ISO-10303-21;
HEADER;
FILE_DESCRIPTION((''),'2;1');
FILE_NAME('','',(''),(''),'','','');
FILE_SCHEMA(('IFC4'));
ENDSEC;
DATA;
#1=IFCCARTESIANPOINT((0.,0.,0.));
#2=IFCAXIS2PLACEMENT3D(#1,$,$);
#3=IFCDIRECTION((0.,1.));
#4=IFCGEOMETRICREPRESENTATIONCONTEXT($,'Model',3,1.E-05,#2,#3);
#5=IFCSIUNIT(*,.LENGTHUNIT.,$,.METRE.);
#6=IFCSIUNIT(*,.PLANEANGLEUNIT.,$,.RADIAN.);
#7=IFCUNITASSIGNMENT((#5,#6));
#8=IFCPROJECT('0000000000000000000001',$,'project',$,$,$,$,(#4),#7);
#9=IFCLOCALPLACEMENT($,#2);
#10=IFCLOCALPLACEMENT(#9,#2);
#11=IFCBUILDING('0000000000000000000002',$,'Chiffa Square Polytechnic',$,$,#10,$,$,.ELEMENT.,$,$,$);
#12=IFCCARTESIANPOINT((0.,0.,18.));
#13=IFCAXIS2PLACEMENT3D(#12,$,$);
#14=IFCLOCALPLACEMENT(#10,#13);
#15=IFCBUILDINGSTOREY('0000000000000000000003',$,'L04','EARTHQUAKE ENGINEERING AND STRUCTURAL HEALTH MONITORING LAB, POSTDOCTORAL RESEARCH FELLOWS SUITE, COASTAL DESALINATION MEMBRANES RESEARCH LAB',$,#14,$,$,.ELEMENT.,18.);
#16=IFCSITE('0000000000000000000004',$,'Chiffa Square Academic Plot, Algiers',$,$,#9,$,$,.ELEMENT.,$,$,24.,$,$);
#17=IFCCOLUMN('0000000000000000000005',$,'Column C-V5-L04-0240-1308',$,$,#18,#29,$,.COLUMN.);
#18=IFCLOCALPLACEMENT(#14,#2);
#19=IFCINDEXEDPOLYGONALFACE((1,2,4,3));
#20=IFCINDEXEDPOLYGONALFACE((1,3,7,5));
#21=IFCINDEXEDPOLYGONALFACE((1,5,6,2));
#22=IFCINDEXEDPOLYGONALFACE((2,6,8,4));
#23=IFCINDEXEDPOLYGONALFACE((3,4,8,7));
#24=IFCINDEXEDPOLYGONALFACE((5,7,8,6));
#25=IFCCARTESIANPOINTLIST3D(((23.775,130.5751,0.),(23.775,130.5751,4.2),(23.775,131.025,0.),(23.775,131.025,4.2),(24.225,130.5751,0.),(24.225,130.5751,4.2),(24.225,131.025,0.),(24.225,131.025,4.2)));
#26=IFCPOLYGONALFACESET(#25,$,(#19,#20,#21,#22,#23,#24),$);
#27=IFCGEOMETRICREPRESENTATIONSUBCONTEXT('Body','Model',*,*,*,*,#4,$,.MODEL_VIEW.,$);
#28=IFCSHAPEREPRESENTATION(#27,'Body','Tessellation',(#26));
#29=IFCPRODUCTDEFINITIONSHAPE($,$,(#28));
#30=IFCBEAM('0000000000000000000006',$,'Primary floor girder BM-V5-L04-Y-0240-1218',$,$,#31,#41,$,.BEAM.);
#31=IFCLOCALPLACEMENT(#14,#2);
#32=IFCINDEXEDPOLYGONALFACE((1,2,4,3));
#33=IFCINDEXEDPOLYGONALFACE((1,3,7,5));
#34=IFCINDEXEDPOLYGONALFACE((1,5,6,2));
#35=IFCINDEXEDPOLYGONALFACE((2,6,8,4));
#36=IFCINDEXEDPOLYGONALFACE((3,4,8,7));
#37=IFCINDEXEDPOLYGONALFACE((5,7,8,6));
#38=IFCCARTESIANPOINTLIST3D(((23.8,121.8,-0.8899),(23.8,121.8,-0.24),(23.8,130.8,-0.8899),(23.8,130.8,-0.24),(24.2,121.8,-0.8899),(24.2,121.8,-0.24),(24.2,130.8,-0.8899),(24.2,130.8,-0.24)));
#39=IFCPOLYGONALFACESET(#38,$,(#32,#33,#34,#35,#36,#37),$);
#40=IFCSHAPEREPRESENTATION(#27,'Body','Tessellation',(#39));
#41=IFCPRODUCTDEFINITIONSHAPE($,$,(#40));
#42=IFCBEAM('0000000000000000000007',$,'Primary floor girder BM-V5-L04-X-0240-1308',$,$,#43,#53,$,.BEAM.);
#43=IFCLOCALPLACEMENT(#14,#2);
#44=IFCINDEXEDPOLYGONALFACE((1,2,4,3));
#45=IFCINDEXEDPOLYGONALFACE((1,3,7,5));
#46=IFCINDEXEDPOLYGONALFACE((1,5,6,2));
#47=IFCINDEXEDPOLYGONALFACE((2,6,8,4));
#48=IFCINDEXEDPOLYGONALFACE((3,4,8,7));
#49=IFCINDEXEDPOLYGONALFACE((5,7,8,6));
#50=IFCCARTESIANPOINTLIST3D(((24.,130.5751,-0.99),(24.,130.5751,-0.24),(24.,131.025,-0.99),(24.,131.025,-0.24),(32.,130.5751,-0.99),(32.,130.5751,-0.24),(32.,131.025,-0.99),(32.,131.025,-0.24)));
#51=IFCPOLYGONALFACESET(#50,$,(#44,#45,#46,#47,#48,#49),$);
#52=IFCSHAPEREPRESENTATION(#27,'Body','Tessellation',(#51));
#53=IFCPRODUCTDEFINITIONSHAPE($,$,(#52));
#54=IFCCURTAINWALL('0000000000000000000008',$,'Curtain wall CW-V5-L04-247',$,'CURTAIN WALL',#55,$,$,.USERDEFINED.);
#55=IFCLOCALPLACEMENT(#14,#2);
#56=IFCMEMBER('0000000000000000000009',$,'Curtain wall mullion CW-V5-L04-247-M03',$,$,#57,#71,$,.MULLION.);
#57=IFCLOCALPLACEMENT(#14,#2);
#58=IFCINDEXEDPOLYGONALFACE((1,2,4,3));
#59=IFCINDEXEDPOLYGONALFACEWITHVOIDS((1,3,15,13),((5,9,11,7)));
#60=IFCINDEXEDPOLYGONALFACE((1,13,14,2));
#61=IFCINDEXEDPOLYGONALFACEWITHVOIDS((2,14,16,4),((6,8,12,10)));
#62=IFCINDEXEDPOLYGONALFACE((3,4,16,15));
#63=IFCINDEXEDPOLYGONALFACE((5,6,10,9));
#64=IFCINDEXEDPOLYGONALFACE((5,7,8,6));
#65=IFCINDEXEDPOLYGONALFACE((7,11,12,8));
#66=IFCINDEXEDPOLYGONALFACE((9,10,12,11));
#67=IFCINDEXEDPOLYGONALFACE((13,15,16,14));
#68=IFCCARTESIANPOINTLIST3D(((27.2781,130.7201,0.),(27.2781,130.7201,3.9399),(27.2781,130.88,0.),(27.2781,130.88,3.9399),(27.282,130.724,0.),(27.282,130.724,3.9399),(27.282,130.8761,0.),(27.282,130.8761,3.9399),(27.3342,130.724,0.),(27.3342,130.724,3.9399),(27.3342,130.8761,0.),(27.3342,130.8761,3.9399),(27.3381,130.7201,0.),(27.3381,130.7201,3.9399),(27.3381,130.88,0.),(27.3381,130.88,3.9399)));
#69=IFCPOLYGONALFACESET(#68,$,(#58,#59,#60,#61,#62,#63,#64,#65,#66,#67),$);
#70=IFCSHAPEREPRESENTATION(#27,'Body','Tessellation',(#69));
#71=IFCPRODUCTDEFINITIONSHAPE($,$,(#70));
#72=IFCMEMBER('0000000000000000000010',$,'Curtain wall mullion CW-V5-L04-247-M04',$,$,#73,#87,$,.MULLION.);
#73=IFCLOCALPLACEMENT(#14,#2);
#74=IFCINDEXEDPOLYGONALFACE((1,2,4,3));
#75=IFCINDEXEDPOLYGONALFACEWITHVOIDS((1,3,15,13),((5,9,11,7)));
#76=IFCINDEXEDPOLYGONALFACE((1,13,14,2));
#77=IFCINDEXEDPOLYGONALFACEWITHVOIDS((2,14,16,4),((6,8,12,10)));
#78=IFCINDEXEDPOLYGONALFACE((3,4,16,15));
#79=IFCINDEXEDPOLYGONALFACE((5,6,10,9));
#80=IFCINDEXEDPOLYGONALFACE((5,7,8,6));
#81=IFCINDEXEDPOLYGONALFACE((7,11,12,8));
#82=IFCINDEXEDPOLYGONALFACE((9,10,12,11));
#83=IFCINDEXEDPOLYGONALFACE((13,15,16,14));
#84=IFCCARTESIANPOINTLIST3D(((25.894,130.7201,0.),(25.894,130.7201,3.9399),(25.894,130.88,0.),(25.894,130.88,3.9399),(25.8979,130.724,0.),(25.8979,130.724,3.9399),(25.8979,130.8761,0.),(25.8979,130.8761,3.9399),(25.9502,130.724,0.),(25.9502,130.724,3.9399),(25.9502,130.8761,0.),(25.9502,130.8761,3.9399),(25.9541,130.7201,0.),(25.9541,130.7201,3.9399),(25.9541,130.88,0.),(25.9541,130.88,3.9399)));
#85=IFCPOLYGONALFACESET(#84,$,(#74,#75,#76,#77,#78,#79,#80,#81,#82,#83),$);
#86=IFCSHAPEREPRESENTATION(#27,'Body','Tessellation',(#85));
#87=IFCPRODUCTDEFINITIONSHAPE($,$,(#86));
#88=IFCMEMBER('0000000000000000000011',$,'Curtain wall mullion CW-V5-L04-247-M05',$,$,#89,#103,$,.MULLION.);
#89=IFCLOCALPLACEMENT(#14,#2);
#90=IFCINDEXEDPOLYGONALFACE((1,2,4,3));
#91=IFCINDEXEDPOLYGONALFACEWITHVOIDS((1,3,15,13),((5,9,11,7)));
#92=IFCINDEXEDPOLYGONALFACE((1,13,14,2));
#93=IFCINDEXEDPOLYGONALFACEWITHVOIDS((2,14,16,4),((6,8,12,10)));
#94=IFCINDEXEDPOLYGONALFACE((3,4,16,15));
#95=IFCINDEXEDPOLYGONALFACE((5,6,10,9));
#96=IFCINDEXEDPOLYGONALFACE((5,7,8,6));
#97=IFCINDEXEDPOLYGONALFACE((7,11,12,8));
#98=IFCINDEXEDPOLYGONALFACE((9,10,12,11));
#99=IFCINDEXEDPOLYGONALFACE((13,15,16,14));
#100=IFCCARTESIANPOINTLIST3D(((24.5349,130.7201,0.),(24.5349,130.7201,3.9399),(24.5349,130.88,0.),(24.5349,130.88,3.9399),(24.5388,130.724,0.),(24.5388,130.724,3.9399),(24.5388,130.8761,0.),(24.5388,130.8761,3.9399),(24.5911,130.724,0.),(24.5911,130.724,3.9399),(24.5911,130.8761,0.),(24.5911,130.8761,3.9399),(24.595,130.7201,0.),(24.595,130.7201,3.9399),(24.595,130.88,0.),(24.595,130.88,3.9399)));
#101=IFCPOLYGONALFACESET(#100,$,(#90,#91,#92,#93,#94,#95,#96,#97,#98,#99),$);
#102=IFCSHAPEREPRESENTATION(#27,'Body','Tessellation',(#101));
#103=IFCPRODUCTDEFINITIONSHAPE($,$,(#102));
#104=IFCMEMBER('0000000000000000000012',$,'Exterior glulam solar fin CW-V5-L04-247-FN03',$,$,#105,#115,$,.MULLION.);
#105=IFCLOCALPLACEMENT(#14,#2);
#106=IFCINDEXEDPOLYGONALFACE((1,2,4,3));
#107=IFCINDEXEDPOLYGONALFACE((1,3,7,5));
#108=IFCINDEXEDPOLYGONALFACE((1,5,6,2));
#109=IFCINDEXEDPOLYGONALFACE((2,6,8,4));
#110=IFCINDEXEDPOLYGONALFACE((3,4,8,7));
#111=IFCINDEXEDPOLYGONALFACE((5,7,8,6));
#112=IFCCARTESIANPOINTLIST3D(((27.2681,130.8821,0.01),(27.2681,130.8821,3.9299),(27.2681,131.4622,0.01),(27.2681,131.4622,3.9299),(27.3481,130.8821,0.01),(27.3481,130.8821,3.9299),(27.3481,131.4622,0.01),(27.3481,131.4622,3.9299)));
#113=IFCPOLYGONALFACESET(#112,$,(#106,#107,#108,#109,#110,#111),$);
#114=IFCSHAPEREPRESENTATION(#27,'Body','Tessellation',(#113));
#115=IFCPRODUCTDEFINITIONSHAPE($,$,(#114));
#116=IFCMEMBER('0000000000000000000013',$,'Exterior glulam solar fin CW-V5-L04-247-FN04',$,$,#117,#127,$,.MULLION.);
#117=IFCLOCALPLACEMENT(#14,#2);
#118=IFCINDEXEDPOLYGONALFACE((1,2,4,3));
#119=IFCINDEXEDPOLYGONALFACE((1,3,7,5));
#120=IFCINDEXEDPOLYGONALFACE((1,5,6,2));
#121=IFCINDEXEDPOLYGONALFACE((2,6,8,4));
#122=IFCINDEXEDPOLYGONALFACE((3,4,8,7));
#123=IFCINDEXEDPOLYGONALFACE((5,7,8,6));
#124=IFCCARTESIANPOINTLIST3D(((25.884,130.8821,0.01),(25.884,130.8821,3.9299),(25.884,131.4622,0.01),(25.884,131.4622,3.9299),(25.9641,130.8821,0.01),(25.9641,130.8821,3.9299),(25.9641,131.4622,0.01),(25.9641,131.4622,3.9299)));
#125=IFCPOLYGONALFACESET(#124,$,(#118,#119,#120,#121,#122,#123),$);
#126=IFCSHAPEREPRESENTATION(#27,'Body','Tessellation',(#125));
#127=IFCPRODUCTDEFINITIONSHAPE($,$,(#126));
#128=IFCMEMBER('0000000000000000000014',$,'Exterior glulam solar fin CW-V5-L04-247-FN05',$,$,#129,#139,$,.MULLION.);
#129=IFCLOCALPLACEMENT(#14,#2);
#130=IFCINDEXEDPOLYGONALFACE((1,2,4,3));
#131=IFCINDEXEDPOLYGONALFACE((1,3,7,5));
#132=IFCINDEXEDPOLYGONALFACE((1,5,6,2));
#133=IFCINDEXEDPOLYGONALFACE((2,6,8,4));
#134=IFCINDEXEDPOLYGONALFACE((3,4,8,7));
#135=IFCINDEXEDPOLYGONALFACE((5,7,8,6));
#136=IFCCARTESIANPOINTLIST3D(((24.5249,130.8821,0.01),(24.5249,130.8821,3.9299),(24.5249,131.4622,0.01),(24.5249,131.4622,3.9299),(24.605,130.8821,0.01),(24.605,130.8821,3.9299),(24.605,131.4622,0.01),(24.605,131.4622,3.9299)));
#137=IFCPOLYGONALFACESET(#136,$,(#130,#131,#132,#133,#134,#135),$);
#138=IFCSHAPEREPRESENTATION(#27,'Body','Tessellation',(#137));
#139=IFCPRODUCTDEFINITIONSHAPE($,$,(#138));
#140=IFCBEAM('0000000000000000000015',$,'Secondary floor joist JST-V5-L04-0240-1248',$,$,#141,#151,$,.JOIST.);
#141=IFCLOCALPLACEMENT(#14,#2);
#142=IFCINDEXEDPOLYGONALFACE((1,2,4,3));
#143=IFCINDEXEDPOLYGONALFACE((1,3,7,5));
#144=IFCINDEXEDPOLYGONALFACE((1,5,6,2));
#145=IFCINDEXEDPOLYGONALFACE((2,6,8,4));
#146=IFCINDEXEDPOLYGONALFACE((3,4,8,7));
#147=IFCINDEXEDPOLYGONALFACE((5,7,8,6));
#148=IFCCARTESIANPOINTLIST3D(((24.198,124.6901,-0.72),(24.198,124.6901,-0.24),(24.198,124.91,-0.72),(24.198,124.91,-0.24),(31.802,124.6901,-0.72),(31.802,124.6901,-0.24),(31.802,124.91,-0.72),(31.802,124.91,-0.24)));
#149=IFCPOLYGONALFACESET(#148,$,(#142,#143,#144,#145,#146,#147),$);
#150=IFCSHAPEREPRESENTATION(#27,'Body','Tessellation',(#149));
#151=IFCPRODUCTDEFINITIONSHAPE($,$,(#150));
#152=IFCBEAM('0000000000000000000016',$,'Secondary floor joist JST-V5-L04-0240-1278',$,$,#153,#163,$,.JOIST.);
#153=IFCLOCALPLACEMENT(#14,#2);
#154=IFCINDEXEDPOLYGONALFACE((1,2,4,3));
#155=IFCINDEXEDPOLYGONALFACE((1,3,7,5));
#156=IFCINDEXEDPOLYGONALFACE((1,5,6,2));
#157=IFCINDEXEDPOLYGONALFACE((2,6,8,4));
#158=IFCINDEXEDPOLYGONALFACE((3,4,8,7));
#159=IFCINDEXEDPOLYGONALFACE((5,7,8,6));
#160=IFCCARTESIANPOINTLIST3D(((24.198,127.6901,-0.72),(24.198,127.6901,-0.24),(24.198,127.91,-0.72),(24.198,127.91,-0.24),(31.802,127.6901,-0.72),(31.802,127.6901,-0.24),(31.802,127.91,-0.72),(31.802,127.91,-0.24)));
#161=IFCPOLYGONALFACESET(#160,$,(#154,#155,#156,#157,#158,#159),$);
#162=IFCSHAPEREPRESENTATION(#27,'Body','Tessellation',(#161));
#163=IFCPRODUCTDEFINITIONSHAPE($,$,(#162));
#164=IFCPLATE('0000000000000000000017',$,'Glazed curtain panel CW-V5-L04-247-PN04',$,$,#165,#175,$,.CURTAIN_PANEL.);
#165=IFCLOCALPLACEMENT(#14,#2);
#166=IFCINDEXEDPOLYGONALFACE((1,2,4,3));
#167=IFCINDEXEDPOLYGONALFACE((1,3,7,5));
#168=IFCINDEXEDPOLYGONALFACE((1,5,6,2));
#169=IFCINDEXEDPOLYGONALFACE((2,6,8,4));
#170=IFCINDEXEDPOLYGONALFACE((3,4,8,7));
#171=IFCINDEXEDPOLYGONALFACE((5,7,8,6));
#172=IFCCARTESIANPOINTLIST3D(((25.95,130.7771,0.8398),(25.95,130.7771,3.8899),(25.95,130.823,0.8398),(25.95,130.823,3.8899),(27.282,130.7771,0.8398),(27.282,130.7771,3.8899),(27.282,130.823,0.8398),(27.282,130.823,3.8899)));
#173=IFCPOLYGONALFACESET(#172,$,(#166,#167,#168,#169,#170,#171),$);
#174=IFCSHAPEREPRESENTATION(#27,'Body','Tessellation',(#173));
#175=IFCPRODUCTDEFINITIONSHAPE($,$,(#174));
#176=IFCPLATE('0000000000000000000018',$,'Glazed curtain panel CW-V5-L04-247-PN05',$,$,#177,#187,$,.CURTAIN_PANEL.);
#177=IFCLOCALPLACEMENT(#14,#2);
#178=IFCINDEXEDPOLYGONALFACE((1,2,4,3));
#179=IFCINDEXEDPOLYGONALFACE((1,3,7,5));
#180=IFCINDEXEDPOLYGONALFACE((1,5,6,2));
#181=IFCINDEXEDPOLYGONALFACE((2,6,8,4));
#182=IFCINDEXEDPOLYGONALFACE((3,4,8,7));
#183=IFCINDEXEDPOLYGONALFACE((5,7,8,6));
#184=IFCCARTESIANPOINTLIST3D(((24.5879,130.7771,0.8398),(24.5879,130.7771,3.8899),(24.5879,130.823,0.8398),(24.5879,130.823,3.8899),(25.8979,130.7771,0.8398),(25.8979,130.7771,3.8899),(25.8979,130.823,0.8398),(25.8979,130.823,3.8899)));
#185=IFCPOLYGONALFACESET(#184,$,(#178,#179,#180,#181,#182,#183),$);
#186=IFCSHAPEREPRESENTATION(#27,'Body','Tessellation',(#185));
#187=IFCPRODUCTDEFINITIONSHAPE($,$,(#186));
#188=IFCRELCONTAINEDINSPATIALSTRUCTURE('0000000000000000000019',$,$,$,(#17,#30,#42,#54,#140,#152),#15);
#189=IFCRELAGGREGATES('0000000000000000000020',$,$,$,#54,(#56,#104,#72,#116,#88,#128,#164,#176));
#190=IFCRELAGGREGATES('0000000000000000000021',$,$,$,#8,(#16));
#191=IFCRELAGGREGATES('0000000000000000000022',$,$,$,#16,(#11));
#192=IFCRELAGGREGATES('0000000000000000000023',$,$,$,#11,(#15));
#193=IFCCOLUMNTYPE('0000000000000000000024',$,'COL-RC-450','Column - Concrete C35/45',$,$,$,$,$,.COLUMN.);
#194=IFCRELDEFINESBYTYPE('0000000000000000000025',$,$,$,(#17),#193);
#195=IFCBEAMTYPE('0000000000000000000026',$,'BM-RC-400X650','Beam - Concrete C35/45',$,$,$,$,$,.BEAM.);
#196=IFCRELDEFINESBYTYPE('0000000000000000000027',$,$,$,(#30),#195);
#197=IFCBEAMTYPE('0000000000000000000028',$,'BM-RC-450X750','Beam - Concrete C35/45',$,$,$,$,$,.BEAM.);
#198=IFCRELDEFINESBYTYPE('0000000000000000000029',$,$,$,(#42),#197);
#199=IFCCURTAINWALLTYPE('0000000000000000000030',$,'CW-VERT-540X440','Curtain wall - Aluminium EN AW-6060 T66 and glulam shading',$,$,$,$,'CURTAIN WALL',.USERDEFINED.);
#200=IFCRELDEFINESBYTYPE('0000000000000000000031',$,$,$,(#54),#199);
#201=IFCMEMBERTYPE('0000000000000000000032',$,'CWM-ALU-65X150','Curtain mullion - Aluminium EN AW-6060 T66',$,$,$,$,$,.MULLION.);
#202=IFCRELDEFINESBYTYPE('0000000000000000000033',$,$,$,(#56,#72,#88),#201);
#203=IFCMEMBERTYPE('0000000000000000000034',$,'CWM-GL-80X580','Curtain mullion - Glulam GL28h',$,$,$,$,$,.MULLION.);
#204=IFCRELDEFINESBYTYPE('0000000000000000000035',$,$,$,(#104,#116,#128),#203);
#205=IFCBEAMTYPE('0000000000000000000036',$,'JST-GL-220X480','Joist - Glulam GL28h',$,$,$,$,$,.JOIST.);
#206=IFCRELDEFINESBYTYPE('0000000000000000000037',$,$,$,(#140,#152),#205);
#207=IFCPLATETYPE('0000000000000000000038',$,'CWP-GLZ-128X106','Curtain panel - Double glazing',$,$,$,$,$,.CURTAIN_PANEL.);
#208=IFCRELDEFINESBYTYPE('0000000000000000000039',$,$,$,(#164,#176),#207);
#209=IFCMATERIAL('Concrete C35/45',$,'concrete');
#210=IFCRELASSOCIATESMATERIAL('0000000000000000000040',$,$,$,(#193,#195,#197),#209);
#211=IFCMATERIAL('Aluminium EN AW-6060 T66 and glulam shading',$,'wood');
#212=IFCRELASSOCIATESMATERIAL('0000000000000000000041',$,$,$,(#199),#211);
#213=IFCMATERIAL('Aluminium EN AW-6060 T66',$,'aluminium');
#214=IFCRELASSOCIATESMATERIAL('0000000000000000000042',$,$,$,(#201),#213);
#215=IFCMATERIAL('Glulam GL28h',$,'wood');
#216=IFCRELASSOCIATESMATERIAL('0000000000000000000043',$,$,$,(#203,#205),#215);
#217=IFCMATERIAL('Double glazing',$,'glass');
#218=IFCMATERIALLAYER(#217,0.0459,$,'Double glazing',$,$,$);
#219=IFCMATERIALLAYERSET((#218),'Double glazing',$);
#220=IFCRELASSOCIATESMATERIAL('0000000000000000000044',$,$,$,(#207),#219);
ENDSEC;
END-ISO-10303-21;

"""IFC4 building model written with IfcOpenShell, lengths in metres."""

from ifc_helpers import new_model, si_unit, direction, frame, origin, origin_2d, place, context, subcontext, project, spatial, rectangle, hollow_rectangle, extrude, material, layer, layer_set, material_profile, profile_set, type_object, element, aggregate, save


model = new_model("IFC4")

# Units and contexts
model_context = context("Model", 3, precision=1e-05, world=origin(), true_north=direction((0.0, 1.0)))
body_context = subcontext(model_context, "Body", "Model", "MODEL_VIEW")
ifc_project = project(units=[si_unit("LENGTHUNIT", "METRE"), si_unit("PLANEANGLEUNIT", "RADIAN")], contexts=[model_context])

# Site, building, storey
site_placement = place(None, origin())
site = spatial("IfcSite", under=ifc_project, at=site_placement, Name="Chiffa Square Academic Plot, Algiers", CompositionType="ELEMENT", RefElevation=24.0)
building_placement = place(site_placement, origin())
building = spatial("IfcBuilding", under=site, at=building_placement, Name="Chiffa Square Polytechnic", CompositionType="ELEMENT")
storey_placement = place(building_placement, frame((0.0, 0.0, 18.0)))
storey = spatial("IfcBuildingStorey", under=building, at=storey_placement, Name="L04", Description="EARTHQUAKE ENGINEERING AND STRUCTURAL HEALTH MONITORING LAB, POSTDOCTORAL RESEARCH FELLOWS SUITE, COASTAL DESALINATION MEMBRANES RESEARCH LAB", CompositionType="ELEMENT", Elevation=18.0)

# Column
ifc_material_1 = material(Name="Concrete C35/45", Category="concrete")
ifc_material_profile_1 = material_profile(ifc_material_1, rectangle(XDim=0.45, YDim=0.45, at=origin_2d()), Name="RC 450x450")
ifc_profile_set_1 = profile_set([ifc_material_profile_1], Name="Concrete C35/45")
column_type = type_object("IfcColumnType", Name="COL-RC-450", Description="Column - Concrete C35/45", PredefinedType="COLUMN", material=ifc_profile_set_1)
column_placement = place(storey_placement, frame((24.0, 130.8, 0.0), z_axis=(0.0, 0.0, 1.0), x_axis=(1.0, 0.0, 0.0)))
element("IfcColumn", 1, at=column_placement, inside=storey, type_object=column_type, Name="Column C-V5-L04-0240-1308", PredefinedType="COLUMN", context=body_context, shape_type="SweptSolid", body=[
    extrude(rectangle(XDim=0.45, YDim=0.45, at=origin_2d()), origin(), (0.0, 0.0, 1.0), 4.2),
])

# Beams
ifc_material_profile_2 = material_profile(ifc_material_1, rectangle(XDim=0.3999, YDim=0.6499, at=origin_2d()), Name="RC 400x650")
ifc_profile_set_2 = profile_set([ifc_material_profile_2], Name="Concrete C35/45")
beam_type_1 = type_object("IfcBeamType", Name="BM-RC-400X650", Description="Beam - Concrete C35/45", PredefinedType="BEAM", material=ifc_profile_set_2)
beam_1_placement = place(storey_placement, frame((24.0, 121.8, -0.5649), z_axis=(0.0, 1.0, 0.0), x_axis=(-1.0, 0.0, 0.0)))
element("IfcBeam", 2, at=beam_1_placement, inside=storey, type_object=beam_type_1, Name="Primary floor girder BM-V5-L04-Y-0240-1218", PredefinedType="BEAM", context=body_context, shape_type="SweptSolid", body=[
    extrude(rectangle(XDim=0.3999, YDim=0.6499, at=origin_2d()), origin(), (0.0, 0.0, 1.0), 9.0),
])
ifc_material_profile_3 = material_profile(ifc_material_1, rectangle(XDim=0.45, YDim=0.75, at=origin_2d()), Name="RC 450x750")
ifc_profile_set_3 = profile_set([ifc_material_profile_3], Name="Concrete C35/45")
beam_type_2 = type_object("IfcBeamType", Name="BM-RC-450X750", Description="Beam - Concrete C35/45", PredefinedType="BEAM", material=ifc_profile_set_3)
beam_2_placement = place(storey_placement, frame((24.0, 130.8, -0.615), z_axis=(1.0, 0.0, 0.0), x_axis=(0.0, 1.0, 0.0)))
element("IfcBeam", 3, at=beam_2_placement, inside=storey, type_object=beam_type_2, Name="Primary floor girder BM-V5-L04-X-0240-1308", PredefinedType="BEAM", context=body_context, shape_type="SweptSolid", body=[
    extrude(rectangle(XDim=0.45, YDim=0.75, at=origin_2d()), origin(), (0.0, 0.0, 1.0), 8.0),
])

# Curtain wall, members
ifc_material_2 = material(Name="Aluminium EN AW-6060 T66 and glulam shading", Category="wood")
curtain_wall_type = type_object("IfcCurtainWallType", Name="CW-VERT-540X440", Description="Curtain wall - Aluminium EN AW-6060 T66 and glulam shading", ElementType="CURTAIN WALL", PredefinedType="USERDEFINED", material=ifc_material_2)
curtain_wall_placement = place(storey_placement, origin())
curtain_wall = element("IfcCurtainWall", 4, at=curtain_wall_placement, inside=storey, type_object=curtain_wall_type, Name="Curtain wall CW-V5-L04-247", ObjectType="CURTAIN WALL", PredefinedType="USERDEFINED")
ifc_material_3 = material(Name="Aluminium EN AW-6060 T66", Category="aluminium")
ifc_material_profile_4 = material_profile(ifc_material_3, hollow_rectangle(XDim=0.0601, YDim=0.1599, WallThickness=0.0039, at=origin_2d()), Name="ALU 60x160x4")
ifc_profile_set_4 = profile_set([ifc_material_profile_4], Name="Aluminium EN AW-6060 T66")
member_type_1 = type_object("IfcMemberType", Name="CWM-ALU-65X150", Description="Curtain mullion - Aluminium EN AW-6060 T66", PredefinedType="MULLION", material=ifc_profile_set_4)
member_1_placement = place(storey_placement, frame((27.3081, 130.8, 0.0), z_axis=(0.0, 0.0, 1.0), x_axis=(1.0, 0.0, 0.0)))
member_1 = element("IfcMember", 5, at=member_1_placement, type_object=member_type_1, Name="Curtain wall mullion CW-V5-L04-247-M03", PredefinedType="MULLION", context=body_context, shape_type="SweptSolid", body=[
    extrude(hollow_rectangle(XDim=0.0601, YDim=0.1599, WallThickness=0.0039, at=origin_2d()), origin(), (0.0, 0.0, 1.0), 3.9399),
])
member_2_placement = place(storey_placement, frame((25.9241, 130.8, 0.0), z_axis=(0.0, 0.0, 1.0), x_axis=(1.0, 0.0, 0.0)))
member_2 = element("IfcMember", 6, at=member_2_placement, type_object=member_type_1, Name="Curtain wall mullion CW-V5-L04-247-M04", PredefinedType="MULLION", context=body_context, shape_type="SweptSolid", body=[
    extrude(hollow_rectangle(XDim=0.0601, YDim=0.1599, WallThickness=0.0039, at=origin_2d()), origin(), (0.0, 0.0, 1.0), 3.9399),
])
member_3_placement = place(storey_placement, frame((24.5649, 130.8, 0.0), z_axis=(0.0, 0.0, 1.0), x_axis=(1.0, 0.0, 0.0)))
member_3 = element("IfcMember", 7, at=member_3_placement, type_object=member_type_1, Name="Curtain wall mullion CW-V5-L04-247-M05", PredefinedType="MULLION", context=body_context, shape_type="SweptSolid", body=[
    extrude(hollow_rectangle(XDim=0.0601, YDim=0.1599, WallThickness=0.0039, at=origin_2d()), origin(), (0.0, 0.0, 1.0), 3.9399),
])
ifc_material_4 = material(Name="Glulam GL28h", Category="wood")
ifc_material_profile_5 = material_profile(ifc_material_4, rectangle(XDim=0.0801, YDim=0.5801, at=origin_2d()), Name="GL28h 80x580")
ifc_profile_set_5 = profile_set([ifc_material_profile_5], Name="Glulam GL28h")
member_type_2 = type_object("IfcMemberType", Name="CWM-GL-80X580", Description="Curtain mullion - Glulam GL28h", PredefinedType="MULLION", material=ifc_profile_set_5)
member_4_placement = place(storey_placement, frame((27.3081, 131.1721, 0.01), z_axis=(0.0, 0.0, 1.0), x_axis=(-1.0, 0.0, 0.0)))
member_4 = element("IfcMember", 8, at=member_4_placement, type_object=member_type_2, Name="Exterior glulam solar fin CW-V5-L04-247-FN03", PredefinedType="MULLION", context=body_context, shape_type="SweptSolid", body=[
    extrude(rectangle(XDim=0.0801, YDim=0.5801, at=origin_2d()), origin(), (0.0, 0.0, 1.0), 3.9199),
])
member_5_placement = place(storey_placement, frame((25.9241, 131.1721, 0.01), z_axis=(0.0, 0.0, 1.0), x_axis=(-1.0, 0.0, 0.0)))
member_5 = element("IfcMember", 9, at=member_5_placement, type_object=member_type_2, Name="Exterior glulam solar fin CW-V5-L04-247-FN04", PredefinedType="MULLION", context=body_context, shape_type="SweptSolid", body=[
    extrude(rectangle(XDim=0.0801, YDim=0.5801, at=origin_2d()), origin(), (0.0, 0.0, 1.0), 3.9199),
])
member_6_placement = place(storey_placement, frame((24.5649, 131.1721, 0.01), z_axis=(0.0, 0.0, 1.0), x_axis=(-1.0, 0.0, 0.0)))
member_6 = element("IfcMember", 10, at=member_6_placement, type_object=member_type_2, Name="Exterior glulam solar fin CW-V5-L04-247-FN05", PredefinedType="MULLION", context=body_context, shape_type="SweptSolid", body=[
    extrude(rectangle(XDim=0.0801, YDim=0.5801, at=origin_2d()), origin(), (0.0, 0.0, 1.0), 3.9199),
])

# Beams
ifc_material_profile_6 = material_profile(ifc_material_4, rectangle(XDim=0.22, YDim=0.48, at=origin_2d()), Name="GL28h 220x480")
ifc_profile_set_6 = profile_set([ifc_material_profile_6], Name="Glulam GL28h")
beam_type_3 = type_object("IfcBeamType", Name="JST-GL-220X480", Description="Joist - Glulam GL28h", PredefinedType="JOIST", material=ifc_profile_set_6)
for number, where, z_axis, x_axis, name in (
    (11, (24.198, 124.8, -0.48), (1.0, 0.0, 0.0), (0.0, 1.0, 0.0), "Secondary floor joist JST-V5-L04-0240-1248"),
    (12, (24.198, 127.8, -0.48), (1.0, 0.0, 0.0), (0.0, 1.0, 0.0), "Secondary floor joist JST-V5-L04-0240-1278"),
):
    element("IfcBeam", number, at=place(storey_placement, frame(where, z_axis=z_axis, x_axis=x_axis)), inside=storey, type_object=beam_type_3, Name=name, PredefinedType="JOIST", context=body_context, shape_type="SweptSolid", body=[
        extrude(rectangle(XDim=0.22, YDim=0.48, at=origin_2d()), origin(), (0.0, 0.0, 1.0), 7.604),
    ])

# Plates
ifc_material_5 = material(Name="Double glazing", Category="glass")
ifc_layer_1 = layer(ifc_material_5, 0.0459, Name="Double glazing")
ifc_layer_set_1 = layer_set([ifc_layer_1], Name="Double glazing")
plate_type_1 = type_object("IfcPlateType", Name="CWP-GLZ-128X106", Description="Curtain panel - Double glazing", PredefinedType="CURTAIN_PANEL", material=ifc_layer_set_1)
plate_1_placement = place(storey_placement, frame((26.616, 130.8, 0.8398), z_axis=(0.0, 0.0, 1.0), x_axis=(-1.0, 0.0, 0.0)))
plate_1 = element("IfcPlate", 13, at=plate_1_placement, type_object=plate_type_1, Name="Glazed curtain panel CW-V5-L04-247-PN04", PredefinedType="CURTAIN_PANEL", context=body_context, shape_type="SweptSolid", body=[
    extrude(rectangle(XDim=1.332, YDim=0.0459, at=origin_2d()), origin(), (0.0, 0.0, 1.0), 3.05),
])
plate_2_placement = place(storey_placement, frame((25.2429, 130.8, 0.8398), z_axis=(0.0, 0.0, 1.0), x_axis=(-1.0, 0.0, 0.0)))
plate_2 = element("IfcPlate", 14, at=plate_2_placement, type_object=plate_type_1, Name="Glazed curtain panel CW-V5-L04-247-PN05", PredefinedType="CURTAIN_PANEL", context=body_context, shape_type="SweptSolid", body=[
    extrude(rectangle(XDim=1.3101, YDim=0.0459, at=origin_2d()), origin(), (0.0, 0.0, 1.0), 3.05),
])
aggregate(curtain_wall, [member_1, member_4, member_2, member_5, member_3, member_6, plate_1, plate_2])

save(model, "model.ifc")
